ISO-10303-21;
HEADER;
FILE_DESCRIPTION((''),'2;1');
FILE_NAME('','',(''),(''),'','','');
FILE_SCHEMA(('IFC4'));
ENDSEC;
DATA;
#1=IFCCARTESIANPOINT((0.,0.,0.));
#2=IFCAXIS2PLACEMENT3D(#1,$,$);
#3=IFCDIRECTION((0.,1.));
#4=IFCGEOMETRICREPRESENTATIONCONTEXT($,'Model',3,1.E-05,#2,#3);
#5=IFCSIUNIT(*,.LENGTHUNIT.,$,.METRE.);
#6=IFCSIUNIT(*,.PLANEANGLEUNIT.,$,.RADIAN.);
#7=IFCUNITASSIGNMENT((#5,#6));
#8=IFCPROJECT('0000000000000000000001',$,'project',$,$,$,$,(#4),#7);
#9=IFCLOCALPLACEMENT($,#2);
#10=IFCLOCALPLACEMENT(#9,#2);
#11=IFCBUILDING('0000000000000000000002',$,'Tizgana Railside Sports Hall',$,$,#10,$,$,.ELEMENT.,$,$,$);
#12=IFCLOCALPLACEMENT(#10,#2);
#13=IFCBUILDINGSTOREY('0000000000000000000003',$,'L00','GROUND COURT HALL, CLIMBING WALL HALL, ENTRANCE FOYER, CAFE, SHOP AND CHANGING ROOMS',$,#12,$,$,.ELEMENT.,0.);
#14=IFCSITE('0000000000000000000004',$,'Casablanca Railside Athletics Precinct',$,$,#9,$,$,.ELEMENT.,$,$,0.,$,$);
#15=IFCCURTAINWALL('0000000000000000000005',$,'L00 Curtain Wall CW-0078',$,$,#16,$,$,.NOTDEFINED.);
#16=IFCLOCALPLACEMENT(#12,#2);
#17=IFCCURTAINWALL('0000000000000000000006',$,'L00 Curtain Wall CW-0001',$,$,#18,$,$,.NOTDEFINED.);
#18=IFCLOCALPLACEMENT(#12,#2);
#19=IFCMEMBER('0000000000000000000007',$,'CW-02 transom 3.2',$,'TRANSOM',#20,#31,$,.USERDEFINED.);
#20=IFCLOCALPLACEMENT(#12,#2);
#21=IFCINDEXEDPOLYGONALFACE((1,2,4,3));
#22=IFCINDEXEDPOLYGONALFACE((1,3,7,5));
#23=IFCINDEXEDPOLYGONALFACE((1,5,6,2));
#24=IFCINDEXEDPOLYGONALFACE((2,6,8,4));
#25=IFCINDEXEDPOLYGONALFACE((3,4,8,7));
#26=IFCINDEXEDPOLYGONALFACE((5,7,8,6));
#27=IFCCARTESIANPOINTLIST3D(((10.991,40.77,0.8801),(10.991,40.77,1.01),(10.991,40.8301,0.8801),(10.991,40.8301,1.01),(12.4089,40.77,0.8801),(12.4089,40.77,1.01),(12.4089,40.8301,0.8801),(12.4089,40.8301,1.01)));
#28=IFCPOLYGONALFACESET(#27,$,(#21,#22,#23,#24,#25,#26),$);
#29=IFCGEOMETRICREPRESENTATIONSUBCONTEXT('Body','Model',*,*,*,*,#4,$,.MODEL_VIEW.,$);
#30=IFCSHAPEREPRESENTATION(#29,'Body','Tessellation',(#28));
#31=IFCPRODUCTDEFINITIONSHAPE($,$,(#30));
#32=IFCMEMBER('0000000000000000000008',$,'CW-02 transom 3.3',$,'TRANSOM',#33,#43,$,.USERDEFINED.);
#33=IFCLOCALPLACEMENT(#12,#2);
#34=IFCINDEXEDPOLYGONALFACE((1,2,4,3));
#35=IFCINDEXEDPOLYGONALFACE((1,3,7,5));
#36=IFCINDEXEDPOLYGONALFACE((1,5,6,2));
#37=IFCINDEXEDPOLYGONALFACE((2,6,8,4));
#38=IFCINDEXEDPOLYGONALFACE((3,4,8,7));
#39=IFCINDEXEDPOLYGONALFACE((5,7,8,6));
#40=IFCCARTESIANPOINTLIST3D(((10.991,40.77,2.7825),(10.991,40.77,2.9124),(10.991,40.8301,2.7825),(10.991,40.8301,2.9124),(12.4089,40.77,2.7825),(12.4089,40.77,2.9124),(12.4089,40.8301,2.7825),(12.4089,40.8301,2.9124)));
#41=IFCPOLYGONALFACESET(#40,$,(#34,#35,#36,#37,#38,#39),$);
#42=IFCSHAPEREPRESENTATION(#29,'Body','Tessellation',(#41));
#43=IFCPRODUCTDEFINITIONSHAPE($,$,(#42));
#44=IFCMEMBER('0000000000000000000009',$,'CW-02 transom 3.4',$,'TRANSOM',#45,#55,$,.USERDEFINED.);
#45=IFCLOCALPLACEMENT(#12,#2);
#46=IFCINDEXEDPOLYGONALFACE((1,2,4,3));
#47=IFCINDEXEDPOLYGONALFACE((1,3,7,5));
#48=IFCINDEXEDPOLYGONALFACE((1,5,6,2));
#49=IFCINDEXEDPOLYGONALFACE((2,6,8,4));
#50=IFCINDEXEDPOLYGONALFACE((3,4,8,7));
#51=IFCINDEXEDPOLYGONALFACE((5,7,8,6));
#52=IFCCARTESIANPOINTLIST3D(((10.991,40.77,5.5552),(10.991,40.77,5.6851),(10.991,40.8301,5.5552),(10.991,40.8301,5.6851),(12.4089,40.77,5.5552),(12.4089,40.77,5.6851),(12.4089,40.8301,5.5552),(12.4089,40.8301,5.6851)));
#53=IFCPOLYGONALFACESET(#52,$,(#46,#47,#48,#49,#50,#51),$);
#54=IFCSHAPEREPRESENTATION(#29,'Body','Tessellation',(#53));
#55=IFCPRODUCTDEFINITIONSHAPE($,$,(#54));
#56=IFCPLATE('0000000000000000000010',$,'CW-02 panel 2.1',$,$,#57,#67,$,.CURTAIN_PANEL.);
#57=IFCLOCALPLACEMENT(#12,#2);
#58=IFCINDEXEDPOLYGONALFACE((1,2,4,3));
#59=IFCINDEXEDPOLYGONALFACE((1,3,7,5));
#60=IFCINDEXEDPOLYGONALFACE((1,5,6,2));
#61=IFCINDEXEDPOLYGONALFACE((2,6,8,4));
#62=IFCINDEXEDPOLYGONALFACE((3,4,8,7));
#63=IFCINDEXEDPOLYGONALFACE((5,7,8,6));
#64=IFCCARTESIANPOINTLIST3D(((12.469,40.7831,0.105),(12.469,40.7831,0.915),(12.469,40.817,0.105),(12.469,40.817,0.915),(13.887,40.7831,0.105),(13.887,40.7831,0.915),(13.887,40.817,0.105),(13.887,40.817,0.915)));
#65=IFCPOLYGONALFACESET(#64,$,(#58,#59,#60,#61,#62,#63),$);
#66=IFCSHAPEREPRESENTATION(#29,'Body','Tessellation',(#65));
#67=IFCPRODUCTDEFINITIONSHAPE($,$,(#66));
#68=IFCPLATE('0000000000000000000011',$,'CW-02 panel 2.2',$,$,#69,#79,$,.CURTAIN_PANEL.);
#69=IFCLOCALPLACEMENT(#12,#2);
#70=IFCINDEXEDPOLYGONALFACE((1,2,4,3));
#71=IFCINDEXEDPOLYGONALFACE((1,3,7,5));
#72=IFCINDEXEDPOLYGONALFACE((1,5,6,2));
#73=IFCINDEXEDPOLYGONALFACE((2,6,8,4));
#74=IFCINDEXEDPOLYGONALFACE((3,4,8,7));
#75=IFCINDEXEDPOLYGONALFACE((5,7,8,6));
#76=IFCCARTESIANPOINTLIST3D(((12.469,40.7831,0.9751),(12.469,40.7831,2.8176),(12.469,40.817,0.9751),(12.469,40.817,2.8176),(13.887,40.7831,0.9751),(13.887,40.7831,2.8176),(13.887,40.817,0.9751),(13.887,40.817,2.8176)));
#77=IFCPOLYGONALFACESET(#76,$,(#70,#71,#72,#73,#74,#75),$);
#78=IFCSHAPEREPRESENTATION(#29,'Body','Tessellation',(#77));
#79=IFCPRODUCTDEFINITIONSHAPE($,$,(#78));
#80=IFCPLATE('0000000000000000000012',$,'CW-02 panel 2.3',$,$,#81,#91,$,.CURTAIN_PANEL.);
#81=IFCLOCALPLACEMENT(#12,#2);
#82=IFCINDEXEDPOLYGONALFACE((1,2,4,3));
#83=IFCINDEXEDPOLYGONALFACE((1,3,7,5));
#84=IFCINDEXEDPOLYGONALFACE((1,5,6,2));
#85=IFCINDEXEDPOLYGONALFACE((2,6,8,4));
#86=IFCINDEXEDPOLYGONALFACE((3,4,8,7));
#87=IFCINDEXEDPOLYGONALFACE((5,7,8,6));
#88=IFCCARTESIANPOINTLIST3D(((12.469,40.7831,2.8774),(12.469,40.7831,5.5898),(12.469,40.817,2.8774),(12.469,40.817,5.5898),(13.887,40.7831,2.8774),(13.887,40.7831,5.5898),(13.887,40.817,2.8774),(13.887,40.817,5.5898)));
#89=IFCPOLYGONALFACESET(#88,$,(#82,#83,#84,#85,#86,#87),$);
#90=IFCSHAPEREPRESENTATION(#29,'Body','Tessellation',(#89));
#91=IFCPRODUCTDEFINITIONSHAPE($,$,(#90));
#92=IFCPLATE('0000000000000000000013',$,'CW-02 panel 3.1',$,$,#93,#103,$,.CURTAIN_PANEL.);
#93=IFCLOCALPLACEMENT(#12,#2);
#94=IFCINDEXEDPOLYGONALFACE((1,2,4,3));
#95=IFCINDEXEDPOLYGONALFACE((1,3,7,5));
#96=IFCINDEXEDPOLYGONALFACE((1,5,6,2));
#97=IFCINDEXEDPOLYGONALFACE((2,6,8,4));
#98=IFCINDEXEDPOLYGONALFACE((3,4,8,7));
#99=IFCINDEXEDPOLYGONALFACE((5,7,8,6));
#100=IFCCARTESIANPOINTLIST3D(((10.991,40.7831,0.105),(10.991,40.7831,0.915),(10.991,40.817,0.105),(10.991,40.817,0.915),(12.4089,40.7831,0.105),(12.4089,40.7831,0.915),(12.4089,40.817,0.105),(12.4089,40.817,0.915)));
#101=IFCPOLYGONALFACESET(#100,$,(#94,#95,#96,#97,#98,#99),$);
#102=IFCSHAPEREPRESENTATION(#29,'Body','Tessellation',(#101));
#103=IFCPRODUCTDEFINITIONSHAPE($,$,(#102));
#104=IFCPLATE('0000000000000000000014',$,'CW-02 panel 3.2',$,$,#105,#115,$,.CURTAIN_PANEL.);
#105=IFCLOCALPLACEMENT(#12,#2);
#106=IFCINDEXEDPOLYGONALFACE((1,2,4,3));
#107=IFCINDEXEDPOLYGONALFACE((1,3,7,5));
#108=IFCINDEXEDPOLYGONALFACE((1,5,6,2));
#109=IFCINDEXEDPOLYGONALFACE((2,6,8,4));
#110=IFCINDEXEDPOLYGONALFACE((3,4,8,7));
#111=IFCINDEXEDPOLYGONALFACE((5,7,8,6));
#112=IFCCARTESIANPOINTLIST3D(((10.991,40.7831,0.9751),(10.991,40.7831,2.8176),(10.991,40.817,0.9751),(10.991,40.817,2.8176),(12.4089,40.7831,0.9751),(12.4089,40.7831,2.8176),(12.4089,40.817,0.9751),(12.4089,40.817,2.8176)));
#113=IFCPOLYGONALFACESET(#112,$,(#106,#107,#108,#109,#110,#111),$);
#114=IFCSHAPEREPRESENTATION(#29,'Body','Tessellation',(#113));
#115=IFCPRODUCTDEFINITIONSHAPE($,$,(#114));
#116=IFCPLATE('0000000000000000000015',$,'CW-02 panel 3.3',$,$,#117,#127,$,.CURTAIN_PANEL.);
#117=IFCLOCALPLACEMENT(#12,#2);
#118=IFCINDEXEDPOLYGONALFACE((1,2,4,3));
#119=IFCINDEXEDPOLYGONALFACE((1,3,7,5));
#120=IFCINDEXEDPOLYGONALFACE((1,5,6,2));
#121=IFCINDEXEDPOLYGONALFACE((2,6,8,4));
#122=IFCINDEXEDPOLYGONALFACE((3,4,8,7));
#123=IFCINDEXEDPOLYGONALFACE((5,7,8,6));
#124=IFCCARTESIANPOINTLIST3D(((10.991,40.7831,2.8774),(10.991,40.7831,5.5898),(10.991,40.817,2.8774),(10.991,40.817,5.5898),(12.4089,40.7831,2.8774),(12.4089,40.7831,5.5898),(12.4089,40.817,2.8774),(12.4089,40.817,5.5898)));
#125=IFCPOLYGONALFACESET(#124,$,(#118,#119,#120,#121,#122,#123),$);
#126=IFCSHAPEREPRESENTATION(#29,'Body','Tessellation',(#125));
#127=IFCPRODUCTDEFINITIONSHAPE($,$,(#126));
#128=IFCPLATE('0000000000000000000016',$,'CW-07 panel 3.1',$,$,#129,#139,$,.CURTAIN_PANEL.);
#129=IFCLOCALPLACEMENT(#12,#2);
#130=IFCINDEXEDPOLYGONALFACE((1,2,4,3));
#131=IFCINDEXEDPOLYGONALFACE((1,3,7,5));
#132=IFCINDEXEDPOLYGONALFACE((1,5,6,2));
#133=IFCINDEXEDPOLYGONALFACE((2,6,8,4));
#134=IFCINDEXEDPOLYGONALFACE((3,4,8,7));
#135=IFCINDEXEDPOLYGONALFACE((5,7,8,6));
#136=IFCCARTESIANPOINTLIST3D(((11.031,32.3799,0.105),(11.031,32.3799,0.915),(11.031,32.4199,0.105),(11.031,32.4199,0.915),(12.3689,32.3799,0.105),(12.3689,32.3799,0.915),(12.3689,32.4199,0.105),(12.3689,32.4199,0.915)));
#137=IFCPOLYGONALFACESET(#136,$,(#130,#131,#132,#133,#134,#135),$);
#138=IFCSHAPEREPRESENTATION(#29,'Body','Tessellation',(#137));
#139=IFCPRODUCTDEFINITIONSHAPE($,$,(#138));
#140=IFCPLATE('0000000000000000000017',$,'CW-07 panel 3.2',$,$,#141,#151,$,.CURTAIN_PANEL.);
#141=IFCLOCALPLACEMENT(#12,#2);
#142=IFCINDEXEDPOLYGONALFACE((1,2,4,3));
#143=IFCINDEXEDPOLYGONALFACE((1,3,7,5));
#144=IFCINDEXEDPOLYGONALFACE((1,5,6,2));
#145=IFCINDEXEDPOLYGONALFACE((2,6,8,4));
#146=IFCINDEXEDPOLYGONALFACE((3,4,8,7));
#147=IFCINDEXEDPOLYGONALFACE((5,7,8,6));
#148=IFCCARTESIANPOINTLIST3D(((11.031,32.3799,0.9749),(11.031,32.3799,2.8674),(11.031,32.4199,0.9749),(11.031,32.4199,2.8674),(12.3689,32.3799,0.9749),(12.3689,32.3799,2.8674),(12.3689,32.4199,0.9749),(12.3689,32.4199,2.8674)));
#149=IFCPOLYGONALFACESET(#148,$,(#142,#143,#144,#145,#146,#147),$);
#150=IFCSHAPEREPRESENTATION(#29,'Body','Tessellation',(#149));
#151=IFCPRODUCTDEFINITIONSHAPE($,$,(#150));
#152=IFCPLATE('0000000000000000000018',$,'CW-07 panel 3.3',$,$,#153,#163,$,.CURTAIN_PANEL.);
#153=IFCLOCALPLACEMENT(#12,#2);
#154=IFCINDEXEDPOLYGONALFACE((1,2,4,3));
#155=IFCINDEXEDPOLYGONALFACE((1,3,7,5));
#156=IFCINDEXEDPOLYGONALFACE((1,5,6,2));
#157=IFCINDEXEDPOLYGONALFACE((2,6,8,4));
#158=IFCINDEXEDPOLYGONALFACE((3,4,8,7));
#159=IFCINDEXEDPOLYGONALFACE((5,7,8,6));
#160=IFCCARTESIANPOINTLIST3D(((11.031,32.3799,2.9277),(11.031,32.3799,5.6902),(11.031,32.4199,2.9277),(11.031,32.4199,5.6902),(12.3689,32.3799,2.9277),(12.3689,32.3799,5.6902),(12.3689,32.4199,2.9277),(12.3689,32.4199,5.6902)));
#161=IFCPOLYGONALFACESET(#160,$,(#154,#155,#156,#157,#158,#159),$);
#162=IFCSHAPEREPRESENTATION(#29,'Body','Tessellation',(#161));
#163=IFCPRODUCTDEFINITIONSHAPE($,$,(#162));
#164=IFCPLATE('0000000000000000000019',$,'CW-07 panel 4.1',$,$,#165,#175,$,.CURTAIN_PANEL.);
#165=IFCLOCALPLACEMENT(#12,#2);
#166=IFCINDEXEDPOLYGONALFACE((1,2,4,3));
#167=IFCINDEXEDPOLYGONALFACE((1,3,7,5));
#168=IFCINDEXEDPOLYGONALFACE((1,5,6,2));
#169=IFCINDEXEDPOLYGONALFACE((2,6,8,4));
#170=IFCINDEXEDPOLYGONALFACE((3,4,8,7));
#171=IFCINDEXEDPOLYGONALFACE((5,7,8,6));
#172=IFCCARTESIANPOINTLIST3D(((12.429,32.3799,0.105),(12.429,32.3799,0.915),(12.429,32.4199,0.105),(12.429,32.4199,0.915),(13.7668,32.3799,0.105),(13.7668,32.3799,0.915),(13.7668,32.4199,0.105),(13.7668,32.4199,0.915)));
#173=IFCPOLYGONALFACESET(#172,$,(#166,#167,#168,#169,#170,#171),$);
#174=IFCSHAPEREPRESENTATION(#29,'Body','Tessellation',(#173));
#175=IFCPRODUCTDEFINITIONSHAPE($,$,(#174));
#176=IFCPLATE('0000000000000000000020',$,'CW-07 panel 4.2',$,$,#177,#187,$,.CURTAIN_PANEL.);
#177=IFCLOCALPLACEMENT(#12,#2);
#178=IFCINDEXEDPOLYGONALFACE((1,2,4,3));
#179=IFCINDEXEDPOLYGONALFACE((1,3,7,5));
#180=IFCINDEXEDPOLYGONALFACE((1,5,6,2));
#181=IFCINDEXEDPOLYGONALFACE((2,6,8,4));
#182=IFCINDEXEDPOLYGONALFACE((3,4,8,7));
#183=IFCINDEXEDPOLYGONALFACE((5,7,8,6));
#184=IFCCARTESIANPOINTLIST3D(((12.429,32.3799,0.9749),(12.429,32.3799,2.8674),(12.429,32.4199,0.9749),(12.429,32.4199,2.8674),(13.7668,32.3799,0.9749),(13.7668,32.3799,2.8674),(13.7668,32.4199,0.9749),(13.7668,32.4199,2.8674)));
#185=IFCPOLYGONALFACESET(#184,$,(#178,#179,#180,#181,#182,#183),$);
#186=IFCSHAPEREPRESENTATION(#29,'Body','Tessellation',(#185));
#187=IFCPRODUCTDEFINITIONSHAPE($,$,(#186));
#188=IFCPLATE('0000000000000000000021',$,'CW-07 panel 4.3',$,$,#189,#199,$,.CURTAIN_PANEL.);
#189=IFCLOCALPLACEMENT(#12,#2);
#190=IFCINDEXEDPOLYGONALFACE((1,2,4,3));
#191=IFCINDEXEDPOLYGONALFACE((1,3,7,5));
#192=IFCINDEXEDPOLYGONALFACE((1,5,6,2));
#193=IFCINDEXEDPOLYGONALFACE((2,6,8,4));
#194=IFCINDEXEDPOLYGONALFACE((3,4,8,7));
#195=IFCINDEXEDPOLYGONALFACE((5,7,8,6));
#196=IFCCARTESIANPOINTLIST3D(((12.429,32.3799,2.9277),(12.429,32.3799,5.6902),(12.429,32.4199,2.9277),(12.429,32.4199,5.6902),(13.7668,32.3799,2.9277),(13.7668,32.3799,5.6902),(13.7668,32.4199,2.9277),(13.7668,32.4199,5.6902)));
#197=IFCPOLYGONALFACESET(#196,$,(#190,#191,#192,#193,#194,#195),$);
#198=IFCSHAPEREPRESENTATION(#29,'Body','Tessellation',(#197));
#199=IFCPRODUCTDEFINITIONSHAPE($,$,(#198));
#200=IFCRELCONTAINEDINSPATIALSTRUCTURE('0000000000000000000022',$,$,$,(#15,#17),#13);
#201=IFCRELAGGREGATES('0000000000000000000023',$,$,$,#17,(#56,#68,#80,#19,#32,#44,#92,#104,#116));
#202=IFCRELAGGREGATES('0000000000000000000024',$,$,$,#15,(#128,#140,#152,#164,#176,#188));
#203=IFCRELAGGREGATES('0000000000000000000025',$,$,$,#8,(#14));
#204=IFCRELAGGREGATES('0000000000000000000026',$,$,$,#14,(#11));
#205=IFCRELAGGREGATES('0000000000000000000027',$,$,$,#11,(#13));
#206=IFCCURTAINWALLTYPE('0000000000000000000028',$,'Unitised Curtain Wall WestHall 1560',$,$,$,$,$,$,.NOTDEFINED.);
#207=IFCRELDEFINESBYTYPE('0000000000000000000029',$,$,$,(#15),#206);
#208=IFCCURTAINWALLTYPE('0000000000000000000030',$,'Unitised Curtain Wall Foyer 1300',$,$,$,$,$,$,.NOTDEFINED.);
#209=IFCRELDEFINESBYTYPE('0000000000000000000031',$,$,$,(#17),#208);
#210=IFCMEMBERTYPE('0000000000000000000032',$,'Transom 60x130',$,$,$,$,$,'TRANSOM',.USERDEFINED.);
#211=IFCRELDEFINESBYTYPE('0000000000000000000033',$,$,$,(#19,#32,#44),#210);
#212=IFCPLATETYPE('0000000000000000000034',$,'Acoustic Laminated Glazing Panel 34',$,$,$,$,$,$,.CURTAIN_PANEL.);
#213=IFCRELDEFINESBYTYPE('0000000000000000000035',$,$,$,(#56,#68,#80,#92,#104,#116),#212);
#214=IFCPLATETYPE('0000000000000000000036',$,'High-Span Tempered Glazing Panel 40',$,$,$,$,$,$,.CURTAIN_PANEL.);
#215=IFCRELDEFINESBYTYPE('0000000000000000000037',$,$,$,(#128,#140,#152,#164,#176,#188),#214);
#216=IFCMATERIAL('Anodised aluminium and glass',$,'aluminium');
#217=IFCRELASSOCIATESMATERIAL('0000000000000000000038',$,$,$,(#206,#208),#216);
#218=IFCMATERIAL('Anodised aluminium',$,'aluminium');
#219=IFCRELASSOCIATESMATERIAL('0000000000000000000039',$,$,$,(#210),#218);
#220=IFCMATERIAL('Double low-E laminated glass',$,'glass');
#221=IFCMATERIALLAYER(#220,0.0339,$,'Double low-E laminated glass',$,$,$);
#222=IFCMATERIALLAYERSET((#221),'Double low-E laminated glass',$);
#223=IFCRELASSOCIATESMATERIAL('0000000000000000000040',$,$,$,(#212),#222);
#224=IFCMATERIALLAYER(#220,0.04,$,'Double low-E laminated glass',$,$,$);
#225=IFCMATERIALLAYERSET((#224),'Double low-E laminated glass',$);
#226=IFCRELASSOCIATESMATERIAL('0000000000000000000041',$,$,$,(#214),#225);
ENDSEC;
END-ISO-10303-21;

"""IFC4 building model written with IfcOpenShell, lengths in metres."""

from ifc_helpers import new_model, si_unit, direction, frame, origin, origin_2d, place, context, subcontext, project, spatial, rectangle, extrude, material, layer, layer_set, material_profile, profile_set, type_object, element, aggregate, save


model = new_model("IFC4")

# Units and contexts
model_context = context("Model", 3, precision=1e-05, world=origin(), true_north=direction((0.0, 1.0)))
body_context = subcontext(model_context, "Body", "Model", "MODEL_VIEW")
ifc_project = project(units=[si_unit("LENGTHUNIT", "METRE"), si_unit("PLANEANGLEUNIT", "RADIAN")], contexts=[model_context])

# Site, building, storey
site_placement = place(None, origin())
site = spatial("IfcSite", under=ifc_project, at=site_placement, Name="Casablanca Railside Athletics Precinct", CompositionType="ELEMENT", RefElevation=0.0)
building_placement = place(site_placement, origin())
building = spatial("IfcBuilding", under=site, at=building_placement, Name="Tizgana Railside Sports Hall", CompositionType="ELEMENT")
storey_placement = place(building_placement, origin())
storey = spatial("IfcBuildingStorey", under=building, at=storey_placement, Name="L00", Description="GROUND COURT HALL, CLIMBING WALL HALL, ENTRANCE FOYER, CAFE, SHOP AND CHANGING ROOMS", CompositionType="ELEMENT", Elevation=0.0)

# Curtain wall
ifc_material_1 = material(Name="Anodised aluminium and glass", Category="aluminium")
curtain_wall_type_1 = type_object("IfcCurtainWallType", Name="Unitised Curtain Wall WestHall 1560", PredefinedType="NOTDEFINED", material=ifc_material_1)
curtain_wall_1_placement = place(storey_placement, origin())
curtain_wall_1 = element("IfcCurtainWall", 1, at=curtain_wall_1_placement, inside=storey, type_object=curtain_wall_type_1, Name="L00 Curtain Wall CW-0078", PredefinedType="NOTDEFINED")
ifc_material_2 = material(Name="Anodised aluminium", Category="aluminium")

# Curtain wall
curtain_wall_type_2 = type_object("IfcCurtainWallType", Name="Unitised Curtain Wall Foyer 1300", PredefinedType="NOTDEFINED", material=ifc_material_1)
curtain_wall_2_placement = place(storey_placement, origin())
curtain_wall_2 = element("IfcCurtainWall", 2, at=curtain_wall_2_placement, inside=storey, type_object=curtain_wall_type_2, Name="L00 Curtain Wall CW-0001", PredefinedType="NOTDEFINED")

# Members
ifc_material_profile_1 = material_profile(ifc_material_2, rectangle(XDim=0.0601, YDim=0.1299, at=origin_2d()), Name="Transom 60x130")
ifc_profile_set_1 = profile_set([ifc_material_profile_1], Name="Anodised aluminium")
member_type_1 = type_object("IfcMemberType", Name="Transom 60x130", ElementType="TRANSOM", PredefinedType="USERDEFINED", material=ifc_profile_set_1)
member_1_placement = place(storey_placement, frame((12.4089, 40.8, 0.9451), z_axis=(-1.0, 0.0, 0.0), x_axis=(0.0, -1.0, 0.0)))
member_1 = element("IfcMember", 3, at=member_1_placement, type_object=member_type_1, Name="CW-02 transom 3.2", ObjectType="TRANSOM", PredefinedType="USERDEFINED", context=body_context, shape_type="SweptSolid", body=[
    extrude(rectangle(XDim=0.0601, YDim=0.1299, at=origin_2d()), origin(), (0.0, 0.0, 1.0), 1.418),
])
member_2_placement = place(storey_placement, frame((12.4089, 40.8, 2.8474), z_axis=(-1.0, 0.0, 0.0), x_axis=(0.0, -1.0, 0.0)))
member_2 = element("IfcMember", 4, at=member_2_placement, type_object=member_type_1, Name="CW-02 transom 3.3", ObjectType="TRANSOM", PredefinedType="USERDEFINED", context=body_context, shape_type="SweptSolid", body=[
    extrude(rectangle(XDim=0.0601, YDim=0.1299, at=origin_2d()), origin(), (0.0, 0.0, 1.0), 1.418),
])
member_3_placement = place(storey_placement, frame((12.4089, 40.8, 5.6201), z_axis=(-1.0, 0.0, 0.0), x_axis=(0.0, -1.0, 0.0)))
member_3 = element("IfcMember", 5, at=member_3_placement, type_object=member_type_1, Name="CW-02 transom 3.4", ObjectType="TRANSOM", PredefinedType="USERDEFINED", context=body_context, shape_type="SweptSolid", body=[
    extrude(rectangle(XDim=0.0601, YDim=0.1299, at=origin_2d()), origin(), (0.0, 0.0, 1.0), 1.418),
])

# Plates
ifc_material_3 = material(Name="Double low-E laminated glass", Category="glass")
ifc_layer_1 = layer(ifc_material_3, 0.0339, Name="Double low-E laminated glass")
ifc_layer_set_1 = layer_set([ifc_layer_1], Name="Double low-E laminated glass")
plate_type_1 = type_object("IfcPlateType", Name="Acoustic Laminated Glazing Panel 34", PredefinedType="CURTAIN_PANEL", material=ifc_layer_set_1)
plate_1_placement = place(storey_placement, frame((13.178, 40.8, 0.105), z_axis=(0.0, 0.0, 1.0), x_axis=(-1.0, 0.0, 0.0)))
plate_1 = element("IfcPlate", 6, at=plate_1_placement, type_object=plate_type_1, Name="CW-02 panel 2.1", PredefinedType="CURTAIN_PANEL", context=body_context, shape_type="SweptSolid", body=[
    extrude(rectangle(XDim=1.418, YDim=0.0339, at=origin_2d()), origin(), (0.0, 0.0, 1.0), 0.8101),
])
plate_2_placement = place(storey_placement, frame((13.178, 40.8, 0.9751), z_axis=(0.0, 0.0, 1.0), x_axis=(-1.0, 0.0, 0.0)))
plate_2 = element("IfcPlate", 7, at=plate_2_placement, type_object=plate_type_1, Name="CW-02 panel 2.2", PredefinedType="CURTAIN_PANEL", context=body_context, shape_type="SweptSolid", body=[
    extrude(rectangle(XDim=1.418, YDim=0.0339, at=origin_2d()), origin(), (0.0, 0.0, 1.0), 1.8425),
])
plate_3_placement = place(storey_placement, frame((13.178, 40.8, 2.8774), z_axis=(0.0, 0.0, 1.0), x_axis=(-1.0, 0.0, 0.0)))
plate_3 = element("IfcPlate", 8, at=plate_3_placement, type_object=plate_type_1, Name="CW-02 panel 2.3", PredefinedType="CURTAIN_PANEL", context=body_context, shape_type="SweptSolid", body=[
    extrude(rectangle(XDim=1.418, YDim=0.0339, at=origin_2d()), origin(), (0.0, 0.0, 1.0), 2.7124),
])
plate_4_placement = place(storey_placement, frame((11.7, 40.8, 0.105), z_axis=(0.0, 0.0, 1.0), x_axis=(-1.0, 0.0, 0.0)))
plate_4 = element("IfcPlate", 9, at=plate_4_placement, type_object=plate_type_1, Name="CW-02 panel 3.1", PredefinedType="CURTAIN_PANEL", context=body_context, shape_type="SweptSolid", body=[
    extrude(rectangle(XDim=1.418, YDim=0.0339, at=origin_2d()), origin(), (0.0, 0.0, 1.0), 0.8101),
])
plate_5_placement = place(storey_placement, frame((11.7, 40.8, 0.9751), z_axis=(0.0, 0.0, 1.0), x_axis=(-1.0, 0.0, 0.0)))
plate_5 = element("IfcPlate", 10, at=plate_5_placement, type_object=plate_type_1, Name="CW-02 panel 3.2", PredefinedType="CURTAIN_PANEL", context=body_context, shape_type="SweptSolid", body=[
    extrude(rectangle(XDim=1.418, YDim=0.0339, at=origin_2d()), origin(), (0.0, 0.0, 1.0), 1.8425),
])
plate_6_placement = place(storey_placement, frame((11.7, 40.8, 2.8774), z_axis=(0.0, 0.0, 1.0), x_axis=(-1.0, 0.0, 0.0)))
plate_6 = element("IfcPlate", 11, at=plate_6_placement, type_object=plate_type_1, Name="CW-02 panel 3.3", PredefinedType="CURTAIN_PANEL", context=body_context, shape_type="SweptSolid", body=[
    extrude(rectangle(XDim=1.418, YDim=0.0339, at=origin_2d()), origin(), (0.0, 0.0, 1.0), 2.7124),
])
aggregate(curtain_wall_2, [plate_1, plate_2, plate_3, member_1, member_2, member_3, plate_4, plate_5, plate_6])
ifc_layer_2 = layer(ifc_material_3, 0.04, Name="Double low-E laminated glass")
ifc_layer_set_2 = layer_set([ifc_layer_2], Name="Double low-E laminated glass")
plate_type_2 = type_object("IfcPlateType", Name="High-Span Tempered Glazing Panel 40", PredefinedType="CURTAIN_PANEL", material=ifc_layer_set_2)
plate_7_placement = place(storey_placement, frame((11.7, 32.3999, 0.105), z_axis=(0.0, 0.0, 1.0), x_axis=(1.0, 0.0, 0.0)))
plate_7 = element("IfcPlate", 12, at=plate_7_placement, type_object=plate_type_2, Name="CW-07 panel 3.1", PredefinedType="CURTAIN_PANEL", context=body_context, shape_type="SweptSolid", body=[
    extrude(rectangle(XDim=1.3379, YDim=0.04, at=origin_2d()), origin(), (0.0, 0.0, 1.0), 0.8101),
])
plate_8_placement = place(storey_placement, frame((11.7, 32.3999, 0.9749), z_axis=(0.0, 0.0, 1.0), x_axis=(1.0, 0.0, 0.0)))
plate_8 = element("IfcPlate", 13, at=plate_8_placement, type_object=plate_type_2, Name="CW-07 panel 3.2", PredefinedType="CURTAIN_PANEL", context=body_context, shape_type="SweptSolid", body=[
    extrude(rectangle(XDim=1.3379, YDim=0.04, at=origin_2d()), origin(), (0.0, 0.0, 1.0), 1.8926),
])
plate_9_placement = place(storey_placement, frame((11.7, 32.3999, 2.9277), z_axis=(0.0, 0.0, 1.0), x_axis=(1.0, 0.0, 0.0)))
plate_9 = element("IfcPlate", 14, at=plate_9_placement, type_object=plate_type_2, Name="CW-07 panel 3.3", PredefinedType="CURTAIN_PANEL", context=body_context, shape_type="SweptSolid", body=[
    extrude(rectangle(XDim=1.3379, YDim=0.04, at=origin_2d()), origin(), (0.0, 0.0, 1.0), 2.7625),
])
plate_10_placement = place(storey_placement, frame((13.0979, 32.3999, 0.105), z_axis=(0.0, 0.0, 1.0), x_axis=(1.0, 0.0, 0.0)))
plate_10 = element("IfcPlate", 15, at=plate_10_placement, type_object=plate_type_2, Name="CW-07 panel 4.1", PredefinedType="CURTAIN_PANEL", context=body_context, shape_type="SweptSolid", body=[
    extrude(rectangle(XDim=1.3379, YDim=0.04, at=origin_2d()), origin(), (0.0, 0.0, 1.0), 0.8101),
])
plate_11_placement = place(storey_placement, frame((13.0979, 32.3999, 0.9749), z_axis=(0.0, 0.0, 1.0), x_axis=(1.0, 0.0, 0.0)))
plate_11 = element("IfcPlate", 16, at=plate_11_placement, type_object=plate_type_2, Name="CW-07 panel 4.2", PredefinedType="CURTAIN_PANEL", context=body_context, shape_type="SweptSolid", body=[
    extrude(rectangle(XDim=1.3379, YDim=0.04, at=origin_2d()), origin(), (0.0, 0.0, 1.0), 1.8926),
])
plate_12_placement = place(storey_placement, frame((13.0979, 32.3999, 2.9277), z_axis=(0.0, 0.0, 1.0), x_axis=(1.0, 0.0, 0.0)))
plate_12 = element("IfcPlate", 17, at=plate_12_placement, type_object=plate_type_2, Name="CW-07 panel 4.3", PredefinedType="CURTAIN_PANEL", context=body_context, shape_type="SweptSolid", body=[
    extrude(rectangle(XDim=1.3379, YDim=0.04, at=origin_2d()), origin(), (0.0, 0.0, 1.0), 2.7625),
])
aggregate(curtain_wall_1, [plate_7, plate_8, plate_9, plate_10, plate_11, plate_12])

save(model, "model.ifc")
